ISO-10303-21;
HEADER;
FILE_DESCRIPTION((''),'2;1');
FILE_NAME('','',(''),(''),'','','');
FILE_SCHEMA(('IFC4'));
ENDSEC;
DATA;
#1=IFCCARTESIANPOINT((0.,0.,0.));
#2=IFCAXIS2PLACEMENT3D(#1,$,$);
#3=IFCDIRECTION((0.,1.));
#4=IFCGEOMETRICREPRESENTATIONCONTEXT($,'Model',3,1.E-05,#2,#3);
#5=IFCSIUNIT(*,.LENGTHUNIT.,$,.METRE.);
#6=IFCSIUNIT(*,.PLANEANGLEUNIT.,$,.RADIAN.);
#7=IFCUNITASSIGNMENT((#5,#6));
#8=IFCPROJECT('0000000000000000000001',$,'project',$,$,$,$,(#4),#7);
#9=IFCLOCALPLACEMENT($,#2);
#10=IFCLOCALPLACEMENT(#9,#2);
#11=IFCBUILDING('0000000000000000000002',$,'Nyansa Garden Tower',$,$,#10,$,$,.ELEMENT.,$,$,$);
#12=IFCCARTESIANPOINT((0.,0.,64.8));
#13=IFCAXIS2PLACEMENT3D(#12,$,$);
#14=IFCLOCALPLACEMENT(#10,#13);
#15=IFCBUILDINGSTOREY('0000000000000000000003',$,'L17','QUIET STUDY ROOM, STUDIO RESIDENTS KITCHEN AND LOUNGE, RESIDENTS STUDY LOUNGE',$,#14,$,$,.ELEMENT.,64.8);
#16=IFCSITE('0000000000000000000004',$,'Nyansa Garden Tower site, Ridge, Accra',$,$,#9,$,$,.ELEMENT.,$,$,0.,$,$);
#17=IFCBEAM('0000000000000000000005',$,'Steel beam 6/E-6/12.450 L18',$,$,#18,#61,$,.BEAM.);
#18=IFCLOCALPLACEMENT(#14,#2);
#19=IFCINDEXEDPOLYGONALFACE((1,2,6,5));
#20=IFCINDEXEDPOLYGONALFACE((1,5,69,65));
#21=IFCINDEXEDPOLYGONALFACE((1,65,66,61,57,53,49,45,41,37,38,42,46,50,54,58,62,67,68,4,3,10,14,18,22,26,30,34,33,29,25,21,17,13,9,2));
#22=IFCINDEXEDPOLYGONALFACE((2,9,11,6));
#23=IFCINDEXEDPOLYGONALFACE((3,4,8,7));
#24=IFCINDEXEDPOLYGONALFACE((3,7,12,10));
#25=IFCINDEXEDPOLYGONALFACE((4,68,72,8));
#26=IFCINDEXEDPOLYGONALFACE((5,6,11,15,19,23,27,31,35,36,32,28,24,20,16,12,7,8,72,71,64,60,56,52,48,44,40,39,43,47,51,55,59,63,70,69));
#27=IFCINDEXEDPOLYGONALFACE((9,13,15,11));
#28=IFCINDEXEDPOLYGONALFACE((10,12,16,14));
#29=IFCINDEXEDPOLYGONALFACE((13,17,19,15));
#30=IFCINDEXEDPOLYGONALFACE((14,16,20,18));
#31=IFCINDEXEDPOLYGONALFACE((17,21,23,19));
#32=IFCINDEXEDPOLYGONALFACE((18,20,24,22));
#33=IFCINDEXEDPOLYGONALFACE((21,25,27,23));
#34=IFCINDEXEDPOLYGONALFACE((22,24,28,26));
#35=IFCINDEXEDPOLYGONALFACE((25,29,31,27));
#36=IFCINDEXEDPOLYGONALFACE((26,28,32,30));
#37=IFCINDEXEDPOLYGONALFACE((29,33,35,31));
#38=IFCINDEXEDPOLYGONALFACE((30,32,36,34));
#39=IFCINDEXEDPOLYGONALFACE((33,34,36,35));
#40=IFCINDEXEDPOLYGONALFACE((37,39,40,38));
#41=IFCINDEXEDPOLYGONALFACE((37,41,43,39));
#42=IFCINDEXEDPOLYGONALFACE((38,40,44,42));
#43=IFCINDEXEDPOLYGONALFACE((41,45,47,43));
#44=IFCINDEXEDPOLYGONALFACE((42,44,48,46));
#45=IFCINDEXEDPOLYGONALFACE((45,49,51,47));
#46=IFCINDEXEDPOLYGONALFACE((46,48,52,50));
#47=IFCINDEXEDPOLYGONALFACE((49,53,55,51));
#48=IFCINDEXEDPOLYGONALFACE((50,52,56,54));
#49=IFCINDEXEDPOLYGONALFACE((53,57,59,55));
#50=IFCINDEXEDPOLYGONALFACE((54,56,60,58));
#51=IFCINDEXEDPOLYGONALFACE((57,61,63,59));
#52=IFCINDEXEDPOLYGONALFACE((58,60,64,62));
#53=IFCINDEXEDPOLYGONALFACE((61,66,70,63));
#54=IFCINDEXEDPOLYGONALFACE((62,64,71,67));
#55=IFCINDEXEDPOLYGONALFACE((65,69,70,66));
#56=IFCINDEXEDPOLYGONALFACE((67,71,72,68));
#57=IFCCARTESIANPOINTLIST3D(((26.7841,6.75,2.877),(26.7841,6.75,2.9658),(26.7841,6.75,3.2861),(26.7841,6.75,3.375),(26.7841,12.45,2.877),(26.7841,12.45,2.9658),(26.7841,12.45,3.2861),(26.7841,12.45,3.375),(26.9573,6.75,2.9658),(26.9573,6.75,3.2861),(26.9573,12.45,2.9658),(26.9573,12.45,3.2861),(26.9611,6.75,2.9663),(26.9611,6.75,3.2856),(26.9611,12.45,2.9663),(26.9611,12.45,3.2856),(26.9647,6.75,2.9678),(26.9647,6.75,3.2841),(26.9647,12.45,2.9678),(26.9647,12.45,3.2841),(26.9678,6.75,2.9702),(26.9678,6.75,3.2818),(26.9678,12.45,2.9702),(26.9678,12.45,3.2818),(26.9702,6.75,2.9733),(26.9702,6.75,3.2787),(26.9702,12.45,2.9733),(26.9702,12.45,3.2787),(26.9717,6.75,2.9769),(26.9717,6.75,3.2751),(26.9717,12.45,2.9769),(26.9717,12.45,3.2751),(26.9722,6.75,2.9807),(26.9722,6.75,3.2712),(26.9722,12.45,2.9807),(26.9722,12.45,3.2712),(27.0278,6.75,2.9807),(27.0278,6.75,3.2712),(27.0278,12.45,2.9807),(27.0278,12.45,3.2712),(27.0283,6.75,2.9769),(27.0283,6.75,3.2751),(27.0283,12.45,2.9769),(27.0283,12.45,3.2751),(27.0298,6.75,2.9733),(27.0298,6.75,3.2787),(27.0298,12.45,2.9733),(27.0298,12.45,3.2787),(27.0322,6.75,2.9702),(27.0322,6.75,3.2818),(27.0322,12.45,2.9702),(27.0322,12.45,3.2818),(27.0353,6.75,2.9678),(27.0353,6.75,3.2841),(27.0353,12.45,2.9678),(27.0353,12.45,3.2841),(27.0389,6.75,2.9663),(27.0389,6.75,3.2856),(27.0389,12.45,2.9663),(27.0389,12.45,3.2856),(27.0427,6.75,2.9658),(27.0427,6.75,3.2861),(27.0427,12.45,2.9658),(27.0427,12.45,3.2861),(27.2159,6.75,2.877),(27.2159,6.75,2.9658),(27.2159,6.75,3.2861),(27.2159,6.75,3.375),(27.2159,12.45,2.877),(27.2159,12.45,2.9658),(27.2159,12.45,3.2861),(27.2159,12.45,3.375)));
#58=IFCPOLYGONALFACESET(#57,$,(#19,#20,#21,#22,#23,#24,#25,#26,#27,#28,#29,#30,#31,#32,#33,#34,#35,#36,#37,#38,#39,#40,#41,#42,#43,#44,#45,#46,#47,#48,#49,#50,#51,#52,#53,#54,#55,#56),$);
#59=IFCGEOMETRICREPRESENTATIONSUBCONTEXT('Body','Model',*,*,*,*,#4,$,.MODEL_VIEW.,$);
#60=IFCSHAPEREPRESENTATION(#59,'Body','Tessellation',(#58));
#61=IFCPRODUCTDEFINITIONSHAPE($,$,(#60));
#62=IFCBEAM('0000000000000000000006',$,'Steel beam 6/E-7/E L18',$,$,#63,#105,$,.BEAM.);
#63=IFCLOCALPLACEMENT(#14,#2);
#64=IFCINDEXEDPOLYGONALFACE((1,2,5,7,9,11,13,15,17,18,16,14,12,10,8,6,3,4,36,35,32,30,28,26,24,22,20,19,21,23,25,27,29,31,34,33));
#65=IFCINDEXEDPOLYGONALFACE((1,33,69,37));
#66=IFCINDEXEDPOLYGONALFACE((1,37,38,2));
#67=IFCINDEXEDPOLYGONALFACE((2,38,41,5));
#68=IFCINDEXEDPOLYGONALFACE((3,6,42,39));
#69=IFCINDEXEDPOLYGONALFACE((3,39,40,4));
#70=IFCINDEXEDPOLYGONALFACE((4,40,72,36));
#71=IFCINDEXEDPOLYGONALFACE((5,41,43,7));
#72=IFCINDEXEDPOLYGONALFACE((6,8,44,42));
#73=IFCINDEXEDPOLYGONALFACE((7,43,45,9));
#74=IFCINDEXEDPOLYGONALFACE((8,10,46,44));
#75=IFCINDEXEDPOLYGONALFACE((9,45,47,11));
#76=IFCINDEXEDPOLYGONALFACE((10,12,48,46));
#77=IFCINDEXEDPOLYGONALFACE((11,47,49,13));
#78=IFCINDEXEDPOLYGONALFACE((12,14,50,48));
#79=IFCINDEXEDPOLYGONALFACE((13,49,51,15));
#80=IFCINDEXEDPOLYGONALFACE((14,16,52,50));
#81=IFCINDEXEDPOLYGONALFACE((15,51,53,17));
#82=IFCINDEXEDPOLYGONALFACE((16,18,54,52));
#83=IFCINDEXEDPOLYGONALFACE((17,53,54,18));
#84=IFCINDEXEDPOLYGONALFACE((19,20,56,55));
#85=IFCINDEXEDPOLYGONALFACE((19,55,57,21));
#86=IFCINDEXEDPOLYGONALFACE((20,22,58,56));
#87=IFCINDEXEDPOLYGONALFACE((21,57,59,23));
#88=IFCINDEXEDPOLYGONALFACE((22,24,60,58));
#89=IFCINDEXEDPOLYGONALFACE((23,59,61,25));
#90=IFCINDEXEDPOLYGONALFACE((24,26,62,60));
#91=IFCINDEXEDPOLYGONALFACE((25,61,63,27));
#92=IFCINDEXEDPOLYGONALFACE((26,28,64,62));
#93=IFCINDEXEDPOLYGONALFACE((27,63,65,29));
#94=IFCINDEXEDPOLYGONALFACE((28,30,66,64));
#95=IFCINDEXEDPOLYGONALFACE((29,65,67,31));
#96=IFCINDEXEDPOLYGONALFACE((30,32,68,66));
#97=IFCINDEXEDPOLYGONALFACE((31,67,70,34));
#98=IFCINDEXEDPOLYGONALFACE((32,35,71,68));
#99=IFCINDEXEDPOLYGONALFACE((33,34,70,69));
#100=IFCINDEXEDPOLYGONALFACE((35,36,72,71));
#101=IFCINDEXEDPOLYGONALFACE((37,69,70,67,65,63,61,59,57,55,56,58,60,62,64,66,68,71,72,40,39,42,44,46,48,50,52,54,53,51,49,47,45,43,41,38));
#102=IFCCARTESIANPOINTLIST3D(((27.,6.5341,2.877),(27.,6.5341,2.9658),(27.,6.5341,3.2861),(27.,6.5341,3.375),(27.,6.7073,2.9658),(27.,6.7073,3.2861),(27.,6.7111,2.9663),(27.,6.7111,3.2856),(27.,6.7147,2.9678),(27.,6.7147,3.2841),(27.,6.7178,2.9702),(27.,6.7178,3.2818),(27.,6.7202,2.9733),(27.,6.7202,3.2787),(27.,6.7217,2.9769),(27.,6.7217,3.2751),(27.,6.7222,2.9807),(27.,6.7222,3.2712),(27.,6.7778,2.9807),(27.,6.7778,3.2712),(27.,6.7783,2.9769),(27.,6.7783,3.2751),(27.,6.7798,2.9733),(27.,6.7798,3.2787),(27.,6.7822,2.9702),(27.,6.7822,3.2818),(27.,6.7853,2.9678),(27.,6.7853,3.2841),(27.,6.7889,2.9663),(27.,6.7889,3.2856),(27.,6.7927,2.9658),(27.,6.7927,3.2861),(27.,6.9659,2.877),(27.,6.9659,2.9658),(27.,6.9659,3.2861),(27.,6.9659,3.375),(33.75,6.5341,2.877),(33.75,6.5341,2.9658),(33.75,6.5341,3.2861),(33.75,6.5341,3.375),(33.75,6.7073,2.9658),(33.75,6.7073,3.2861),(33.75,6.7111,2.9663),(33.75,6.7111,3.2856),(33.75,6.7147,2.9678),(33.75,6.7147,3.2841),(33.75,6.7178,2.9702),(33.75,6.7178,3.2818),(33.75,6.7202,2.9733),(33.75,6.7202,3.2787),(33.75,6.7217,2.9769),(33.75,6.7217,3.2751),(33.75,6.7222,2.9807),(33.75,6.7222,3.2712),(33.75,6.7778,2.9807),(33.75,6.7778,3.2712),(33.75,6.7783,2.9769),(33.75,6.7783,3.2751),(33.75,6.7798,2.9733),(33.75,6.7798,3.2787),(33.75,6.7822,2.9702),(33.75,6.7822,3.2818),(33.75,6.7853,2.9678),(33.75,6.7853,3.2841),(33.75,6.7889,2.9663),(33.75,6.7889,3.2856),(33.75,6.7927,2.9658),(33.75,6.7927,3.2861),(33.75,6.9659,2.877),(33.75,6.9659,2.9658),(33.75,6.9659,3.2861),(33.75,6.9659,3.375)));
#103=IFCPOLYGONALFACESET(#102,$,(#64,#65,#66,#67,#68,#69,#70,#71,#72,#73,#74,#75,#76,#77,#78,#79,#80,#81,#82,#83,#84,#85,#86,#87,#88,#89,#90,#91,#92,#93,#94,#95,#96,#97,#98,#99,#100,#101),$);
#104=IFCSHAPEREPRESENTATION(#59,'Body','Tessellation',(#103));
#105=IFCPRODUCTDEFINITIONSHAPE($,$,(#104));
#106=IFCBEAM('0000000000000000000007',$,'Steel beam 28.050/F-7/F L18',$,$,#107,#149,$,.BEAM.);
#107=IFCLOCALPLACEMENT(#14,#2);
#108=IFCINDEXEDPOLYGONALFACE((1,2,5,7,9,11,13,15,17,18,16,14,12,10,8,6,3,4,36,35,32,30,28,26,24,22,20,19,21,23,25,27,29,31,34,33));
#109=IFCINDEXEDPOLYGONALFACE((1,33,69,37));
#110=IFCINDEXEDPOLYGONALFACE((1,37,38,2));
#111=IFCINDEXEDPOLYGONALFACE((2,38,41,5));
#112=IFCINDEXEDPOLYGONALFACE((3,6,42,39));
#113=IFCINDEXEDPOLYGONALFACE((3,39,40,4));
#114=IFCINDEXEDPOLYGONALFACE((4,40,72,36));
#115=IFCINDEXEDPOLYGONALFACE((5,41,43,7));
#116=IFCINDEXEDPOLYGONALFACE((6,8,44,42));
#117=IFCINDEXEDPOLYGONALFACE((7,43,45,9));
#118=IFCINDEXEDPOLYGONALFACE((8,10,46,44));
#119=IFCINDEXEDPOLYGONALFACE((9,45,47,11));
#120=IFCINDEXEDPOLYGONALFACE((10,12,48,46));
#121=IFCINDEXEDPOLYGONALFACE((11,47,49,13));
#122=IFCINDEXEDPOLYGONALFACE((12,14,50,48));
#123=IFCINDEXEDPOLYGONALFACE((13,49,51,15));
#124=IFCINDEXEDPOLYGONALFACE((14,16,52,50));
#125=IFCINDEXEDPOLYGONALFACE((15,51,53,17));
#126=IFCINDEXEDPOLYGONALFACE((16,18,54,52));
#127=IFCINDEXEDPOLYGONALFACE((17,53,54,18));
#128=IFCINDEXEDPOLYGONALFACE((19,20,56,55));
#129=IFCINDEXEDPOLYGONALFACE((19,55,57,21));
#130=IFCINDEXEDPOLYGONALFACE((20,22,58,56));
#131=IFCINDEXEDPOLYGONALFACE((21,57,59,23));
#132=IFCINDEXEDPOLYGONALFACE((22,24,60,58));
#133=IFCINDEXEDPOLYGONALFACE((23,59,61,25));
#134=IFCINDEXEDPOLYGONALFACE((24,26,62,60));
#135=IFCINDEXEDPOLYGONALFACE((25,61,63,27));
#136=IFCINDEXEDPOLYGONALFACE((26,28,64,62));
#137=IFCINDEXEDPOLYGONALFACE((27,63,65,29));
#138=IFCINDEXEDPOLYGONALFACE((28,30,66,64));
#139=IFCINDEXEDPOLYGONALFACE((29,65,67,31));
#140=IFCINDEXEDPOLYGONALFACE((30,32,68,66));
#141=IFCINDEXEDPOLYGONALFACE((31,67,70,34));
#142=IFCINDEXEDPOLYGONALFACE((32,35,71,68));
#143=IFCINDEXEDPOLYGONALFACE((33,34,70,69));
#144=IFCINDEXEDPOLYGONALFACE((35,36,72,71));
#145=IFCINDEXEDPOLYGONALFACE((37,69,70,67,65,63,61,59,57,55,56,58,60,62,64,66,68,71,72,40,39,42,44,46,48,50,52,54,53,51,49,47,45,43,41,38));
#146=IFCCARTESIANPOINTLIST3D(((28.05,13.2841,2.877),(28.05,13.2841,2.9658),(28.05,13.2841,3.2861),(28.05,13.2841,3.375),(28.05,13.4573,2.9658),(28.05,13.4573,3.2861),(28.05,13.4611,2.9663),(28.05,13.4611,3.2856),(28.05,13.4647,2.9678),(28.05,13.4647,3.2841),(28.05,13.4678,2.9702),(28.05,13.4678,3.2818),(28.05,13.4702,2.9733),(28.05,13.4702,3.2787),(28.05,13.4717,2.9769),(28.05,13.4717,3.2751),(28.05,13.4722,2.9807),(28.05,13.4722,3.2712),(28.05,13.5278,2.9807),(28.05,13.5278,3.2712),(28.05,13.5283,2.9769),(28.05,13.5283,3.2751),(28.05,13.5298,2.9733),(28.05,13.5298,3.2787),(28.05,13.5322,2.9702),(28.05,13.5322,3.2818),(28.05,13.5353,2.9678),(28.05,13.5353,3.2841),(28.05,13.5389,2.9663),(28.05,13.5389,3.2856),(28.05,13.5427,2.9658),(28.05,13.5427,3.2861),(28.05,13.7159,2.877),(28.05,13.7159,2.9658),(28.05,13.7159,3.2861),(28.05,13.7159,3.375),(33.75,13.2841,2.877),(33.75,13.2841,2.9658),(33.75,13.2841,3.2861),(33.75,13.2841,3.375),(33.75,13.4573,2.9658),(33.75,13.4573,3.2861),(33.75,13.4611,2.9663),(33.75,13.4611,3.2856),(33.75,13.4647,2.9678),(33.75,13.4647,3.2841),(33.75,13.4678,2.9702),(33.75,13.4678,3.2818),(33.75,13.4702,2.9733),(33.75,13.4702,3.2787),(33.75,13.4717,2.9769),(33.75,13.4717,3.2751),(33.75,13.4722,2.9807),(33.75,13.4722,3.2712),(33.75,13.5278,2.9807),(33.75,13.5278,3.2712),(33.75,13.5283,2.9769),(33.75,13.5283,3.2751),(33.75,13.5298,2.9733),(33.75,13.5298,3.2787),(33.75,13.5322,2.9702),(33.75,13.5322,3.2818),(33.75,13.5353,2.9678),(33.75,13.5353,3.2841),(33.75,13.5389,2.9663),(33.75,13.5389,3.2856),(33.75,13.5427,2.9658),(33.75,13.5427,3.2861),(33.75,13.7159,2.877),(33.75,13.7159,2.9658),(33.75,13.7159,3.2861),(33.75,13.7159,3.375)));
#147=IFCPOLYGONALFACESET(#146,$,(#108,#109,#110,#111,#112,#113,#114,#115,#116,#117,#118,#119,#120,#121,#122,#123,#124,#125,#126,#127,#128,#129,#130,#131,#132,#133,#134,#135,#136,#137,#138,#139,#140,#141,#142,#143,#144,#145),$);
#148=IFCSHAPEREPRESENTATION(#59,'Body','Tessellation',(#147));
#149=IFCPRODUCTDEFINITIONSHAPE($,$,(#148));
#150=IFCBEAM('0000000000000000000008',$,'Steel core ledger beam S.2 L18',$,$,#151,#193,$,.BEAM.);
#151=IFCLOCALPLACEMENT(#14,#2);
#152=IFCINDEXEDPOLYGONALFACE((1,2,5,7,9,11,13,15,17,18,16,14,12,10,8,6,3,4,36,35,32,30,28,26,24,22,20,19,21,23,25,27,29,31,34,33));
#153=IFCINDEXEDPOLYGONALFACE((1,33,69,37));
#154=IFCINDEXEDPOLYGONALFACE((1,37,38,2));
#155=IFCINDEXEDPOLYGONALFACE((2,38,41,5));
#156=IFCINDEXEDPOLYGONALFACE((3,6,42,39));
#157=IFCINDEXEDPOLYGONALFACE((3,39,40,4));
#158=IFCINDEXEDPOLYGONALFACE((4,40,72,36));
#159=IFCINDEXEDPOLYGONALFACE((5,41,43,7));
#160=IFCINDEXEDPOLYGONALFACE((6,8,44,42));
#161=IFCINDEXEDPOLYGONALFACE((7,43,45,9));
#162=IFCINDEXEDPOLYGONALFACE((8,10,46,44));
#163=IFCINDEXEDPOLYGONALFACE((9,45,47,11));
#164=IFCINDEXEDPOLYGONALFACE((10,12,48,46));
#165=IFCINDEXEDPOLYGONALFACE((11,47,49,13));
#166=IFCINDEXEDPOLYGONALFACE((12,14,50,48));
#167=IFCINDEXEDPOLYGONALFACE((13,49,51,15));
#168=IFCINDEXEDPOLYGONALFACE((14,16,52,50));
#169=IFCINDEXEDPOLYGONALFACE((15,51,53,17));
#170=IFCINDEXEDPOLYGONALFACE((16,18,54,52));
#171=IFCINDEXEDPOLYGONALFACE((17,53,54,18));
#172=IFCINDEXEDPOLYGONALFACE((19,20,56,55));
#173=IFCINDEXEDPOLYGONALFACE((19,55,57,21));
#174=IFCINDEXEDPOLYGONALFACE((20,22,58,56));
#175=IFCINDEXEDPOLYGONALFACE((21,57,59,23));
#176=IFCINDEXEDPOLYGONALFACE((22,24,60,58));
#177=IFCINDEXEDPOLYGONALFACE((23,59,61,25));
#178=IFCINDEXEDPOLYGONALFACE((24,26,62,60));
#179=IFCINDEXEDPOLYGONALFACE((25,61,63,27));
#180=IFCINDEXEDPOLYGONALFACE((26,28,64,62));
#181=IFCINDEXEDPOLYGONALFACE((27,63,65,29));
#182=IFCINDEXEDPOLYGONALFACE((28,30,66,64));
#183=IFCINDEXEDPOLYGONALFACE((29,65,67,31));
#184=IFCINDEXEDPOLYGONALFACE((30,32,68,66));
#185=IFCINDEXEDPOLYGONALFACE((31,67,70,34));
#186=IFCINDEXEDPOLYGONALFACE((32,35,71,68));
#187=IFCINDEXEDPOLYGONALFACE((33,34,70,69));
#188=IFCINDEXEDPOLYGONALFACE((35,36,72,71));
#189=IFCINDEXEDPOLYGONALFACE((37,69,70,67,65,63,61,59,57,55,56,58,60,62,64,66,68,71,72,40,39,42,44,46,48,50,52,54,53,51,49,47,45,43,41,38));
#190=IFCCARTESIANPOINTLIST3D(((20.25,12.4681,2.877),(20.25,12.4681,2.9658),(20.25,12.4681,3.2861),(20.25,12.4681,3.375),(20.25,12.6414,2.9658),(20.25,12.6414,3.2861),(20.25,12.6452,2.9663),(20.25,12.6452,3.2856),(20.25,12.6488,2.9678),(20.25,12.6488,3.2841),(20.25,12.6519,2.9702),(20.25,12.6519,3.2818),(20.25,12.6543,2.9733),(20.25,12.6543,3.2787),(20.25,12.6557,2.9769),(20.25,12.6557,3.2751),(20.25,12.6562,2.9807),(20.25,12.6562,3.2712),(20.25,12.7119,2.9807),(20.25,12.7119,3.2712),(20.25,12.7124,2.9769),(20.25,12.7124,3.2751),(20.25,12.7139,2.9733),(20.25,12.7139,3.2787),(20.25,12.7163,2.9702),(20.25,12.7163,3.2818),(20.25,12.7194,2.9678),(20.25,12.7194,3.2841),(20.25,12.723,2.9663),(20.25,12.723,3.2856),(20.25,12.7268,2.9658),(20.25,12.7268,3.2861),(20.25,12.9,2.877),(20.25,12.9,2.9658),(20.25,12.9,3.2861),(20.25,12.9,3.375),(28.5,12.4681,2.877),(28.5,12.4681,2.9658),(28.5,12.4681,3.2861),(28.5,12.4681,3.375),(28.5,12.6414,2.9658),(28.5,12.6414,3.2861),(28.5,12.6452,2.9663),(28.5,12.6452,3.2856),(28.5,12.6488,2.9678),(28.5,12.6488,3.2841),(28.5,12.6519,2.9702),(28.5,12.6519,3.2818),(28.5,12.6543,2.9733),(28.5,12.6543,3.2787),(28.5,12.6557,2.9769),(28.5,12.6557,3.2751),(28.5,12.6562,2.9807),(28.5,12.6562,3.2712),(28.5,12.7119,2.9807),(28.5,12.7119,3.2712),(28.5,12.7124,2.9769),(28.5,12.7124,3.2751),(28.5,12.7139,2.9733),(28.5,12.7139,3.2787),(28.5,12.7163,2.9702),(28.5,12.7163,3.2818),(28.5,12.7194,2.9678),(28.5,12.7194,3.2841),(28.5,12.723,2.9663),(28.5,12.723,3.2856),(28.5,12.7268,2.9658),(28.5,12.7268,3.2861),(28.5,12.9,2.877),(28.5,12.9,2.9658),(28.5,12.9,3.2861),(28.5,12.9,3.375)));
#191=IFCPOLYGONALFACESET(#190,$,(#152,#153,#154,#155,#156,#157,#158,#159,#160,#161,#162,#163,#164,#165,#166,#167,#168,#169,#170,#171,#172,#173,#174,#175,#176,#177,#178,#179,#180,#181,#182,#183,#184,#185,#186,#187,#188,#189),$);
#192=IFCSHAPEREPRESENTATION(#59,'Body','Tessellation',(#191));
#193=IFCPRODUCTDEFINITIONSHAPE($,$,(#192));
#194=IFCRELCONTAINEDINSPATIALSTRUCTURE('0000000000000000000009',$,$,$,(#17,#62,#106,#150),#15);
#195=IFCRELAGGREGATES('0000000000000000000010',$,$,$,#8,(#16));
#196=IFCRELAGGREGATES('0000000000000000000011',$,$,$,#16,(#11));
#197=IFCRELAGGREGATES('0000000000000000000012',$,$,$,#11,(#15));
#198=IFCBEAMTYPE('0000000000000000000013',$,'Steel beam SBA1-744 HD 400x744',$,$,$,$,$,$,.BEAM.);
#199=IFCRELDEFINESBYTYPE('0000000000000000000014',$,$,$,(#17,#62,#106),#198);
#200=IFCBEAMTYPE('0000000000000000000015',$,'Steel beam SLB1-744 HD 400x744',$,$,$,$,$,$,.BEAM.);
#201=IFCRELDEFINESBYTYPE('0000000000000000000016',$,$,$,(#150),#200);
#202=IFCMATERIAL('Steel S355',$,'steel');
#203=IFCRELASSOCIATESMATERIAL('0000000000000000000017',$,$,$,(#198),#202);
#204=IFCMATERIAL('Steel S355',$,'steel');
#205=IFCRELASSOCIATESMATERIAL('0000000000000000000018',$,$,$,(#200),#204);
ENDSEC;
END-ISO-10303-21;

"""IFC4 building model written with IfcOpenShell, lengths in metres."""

from ifc_helpers import new_model, si_unit, direction, frame, origin, origin_2d, place, context, subcontext, project, spatial, i_section, extrude, material, material_profile, profile_set, type_object, element, save


model = new_model("IFC4")

# Units and contexts
model_context = context("Model", 3, precision=1e-05, world=origin(), true_north=direction((0.0, 1.0)))
body_context = subcontext(model_context, "Body", "Model", "MODEL_VIEW")
ifc_project = project(units=[si_unit("LENGTHUNIT", "METRE"), si_unit("PLANEANGLEUNIT", "RADIAN")], contexts=[model_context])

# Site, building, storey
site_placement = place(None, origin())
site = spatial("IfcSite", under=ifc_project, at=site_placement, Name="Nyansa Garden Tower site, Ridge, Accra", CompositionType="ELEMENT", RefElevation=0.0)
building_placement = place(site_placement, origin())
building = spatial("IfcBuilding", under=site, at=building_placement, Name="Nyansa Garden Tower", CompositionType="ELEMENT")
storey_placement = place(building_placement, frame((0.0, 0.0, 64.8)))
storey = spatial("IfcBuildingStorey", under=building, at=storey_placement, Name="L17", Description="QUIET STUDY ROOM, STUDIO RESIDENTS KITCHEN AND LOUNGE, RESIDENTS STUDY LOUNGE", CompositionType="ELEMENT", Elevation=64.8)

# Beams
ifc_material_1 = material(Name="Steel S355", Category="steel")
ifc_material_profile_1 = material_profile(ifc_material_1, i_section(OverallWidth=0.4319, OverallDepth=0.498, WebThickness=0.0557, FlangeThickness=0.0889, FilletRadius=0.0149, at=origin_2d()), Name="HD 400x744")
ifc_profile_set_1 = profile_set([ifc_material_profile_1], Name="Steel S355")
beam_type_1 = type_object("IfcBeamType", Name="Steel beam SBA1-744 HD 400x744", PredefinedType="BEAM", material=ifc_profile_set_1)
beam_1_placement = place(storey_placement, frame((27.0, 6.75, 3.126), z_axis=(0.0, 1.0, 0.0), x_axis=(-1.0, 0.0, 0.0)))
element("IfcBeam", 1, at=beam_1_placement, inside=storey, type_object=beam_type_1, Name="Steel beam 6/E-6/12.450 L18", PredefinedType="BEAM", context=body_context, shape_type="SweptSolid", body=[
    extrude(i_section(OverallWidth=0.4319, OverallDepth=0.498, WebThickness=0.0557, FlangeThickness=0.0889, FilletRadius=0.0149, at=origin_2d()), origin(), (0.0, 0.0, 1.0), 5.7),
])
beam_2_placement = place(storey_placement, frame((27.0, 6.75, 3.126), z_axis=(1.0, 0.0, 0.0), x_axis=(0.0, 1.0, 0.0)))
element("IfcBeam", 2, at=beam_2_placement, inside=storey, type_object=beam_type_1, Name="Steel beam 6/E-7/E L18", PredefinedType="BEAM", context=body_context, shape_type="SweptSolid", body=[
    extrude(i_section(OverallWidth=0.4319, OverallDepth=0.498, WebThickness=0.0557, FlangeThickness=0.0889, FilletRadius=0.0149, at=origin_2d()), origin(), (0.0, 0.0, 1.0), 6.75),
])
beam_3_placement = place(storey_placement, frame((28.05, 13.5, 3.126), z_axis=(1.0, 0.0, 0.0), x_axis=(0.0, 1.0, 0.0)))
element("IfcBeam", 3, at=beam_3_placement, inside=storey, type_object=beam_type_1, Name="Steel beam 28.050/F-7/F L18", PredefinedType="BEAM", context=body_context, shape_type="SweptSolid", body=[
    extrude(i_section(OverallWidth=0.4319, OverallDepth=0.498, WebThickness=0.0557, FlangeThickness=0.0889, FilletRadius=0.0149, at=origin_2d()), origin(), (0.0, 0.0, 1.0), 5.7),
])
ifc_material_2 = material(Name="Steel S355", Category="steel")
ifc_material_profile_2 = material_profile(ifc_material_2, i_section(OverallWidth=0.4319, OverallDepth=0.498, WebThickness=0.0557, FlangeThickness=0.0889, FilletRadius=0.0149, at=origin_2d()), Name="HD 400x744")
ifc_profile_set_2 = profile_set([ifc_material_profile_2], Name="Steel S355")
beam_type_2 = type_object("IfcBeamType", Name="Steel beam SLB1-744 HD 400x744", PredefinedType="BEAM", material=ifc_profile_set_2)
beam_4_placement = place(storey_placement, frame((20.25, 12.6841, 3.126), z_axis=(1.0, 0.0, 0.0), x_axis=(0.0, 1.0, 0.0)))
element("IfcBeam", 4, at=beam_4_placement, inside=storey, type_object=beam_type_2, Name="Steel core ledger beam S.2 L18", PredefinedType="BEAM", context=body_context, shape_type="SweptSolid", body=[
    extrude(i_section(OverallWidth=0.4319, OverallDepth=0.498, WebThickness=0.0557, FlangeThickness=0.0889, FilletRadius=0.0149, at=origin_2d()), origin(), (0.0, 0.0, 1.0), 8.25),
])

save(model, "model.ifc")
